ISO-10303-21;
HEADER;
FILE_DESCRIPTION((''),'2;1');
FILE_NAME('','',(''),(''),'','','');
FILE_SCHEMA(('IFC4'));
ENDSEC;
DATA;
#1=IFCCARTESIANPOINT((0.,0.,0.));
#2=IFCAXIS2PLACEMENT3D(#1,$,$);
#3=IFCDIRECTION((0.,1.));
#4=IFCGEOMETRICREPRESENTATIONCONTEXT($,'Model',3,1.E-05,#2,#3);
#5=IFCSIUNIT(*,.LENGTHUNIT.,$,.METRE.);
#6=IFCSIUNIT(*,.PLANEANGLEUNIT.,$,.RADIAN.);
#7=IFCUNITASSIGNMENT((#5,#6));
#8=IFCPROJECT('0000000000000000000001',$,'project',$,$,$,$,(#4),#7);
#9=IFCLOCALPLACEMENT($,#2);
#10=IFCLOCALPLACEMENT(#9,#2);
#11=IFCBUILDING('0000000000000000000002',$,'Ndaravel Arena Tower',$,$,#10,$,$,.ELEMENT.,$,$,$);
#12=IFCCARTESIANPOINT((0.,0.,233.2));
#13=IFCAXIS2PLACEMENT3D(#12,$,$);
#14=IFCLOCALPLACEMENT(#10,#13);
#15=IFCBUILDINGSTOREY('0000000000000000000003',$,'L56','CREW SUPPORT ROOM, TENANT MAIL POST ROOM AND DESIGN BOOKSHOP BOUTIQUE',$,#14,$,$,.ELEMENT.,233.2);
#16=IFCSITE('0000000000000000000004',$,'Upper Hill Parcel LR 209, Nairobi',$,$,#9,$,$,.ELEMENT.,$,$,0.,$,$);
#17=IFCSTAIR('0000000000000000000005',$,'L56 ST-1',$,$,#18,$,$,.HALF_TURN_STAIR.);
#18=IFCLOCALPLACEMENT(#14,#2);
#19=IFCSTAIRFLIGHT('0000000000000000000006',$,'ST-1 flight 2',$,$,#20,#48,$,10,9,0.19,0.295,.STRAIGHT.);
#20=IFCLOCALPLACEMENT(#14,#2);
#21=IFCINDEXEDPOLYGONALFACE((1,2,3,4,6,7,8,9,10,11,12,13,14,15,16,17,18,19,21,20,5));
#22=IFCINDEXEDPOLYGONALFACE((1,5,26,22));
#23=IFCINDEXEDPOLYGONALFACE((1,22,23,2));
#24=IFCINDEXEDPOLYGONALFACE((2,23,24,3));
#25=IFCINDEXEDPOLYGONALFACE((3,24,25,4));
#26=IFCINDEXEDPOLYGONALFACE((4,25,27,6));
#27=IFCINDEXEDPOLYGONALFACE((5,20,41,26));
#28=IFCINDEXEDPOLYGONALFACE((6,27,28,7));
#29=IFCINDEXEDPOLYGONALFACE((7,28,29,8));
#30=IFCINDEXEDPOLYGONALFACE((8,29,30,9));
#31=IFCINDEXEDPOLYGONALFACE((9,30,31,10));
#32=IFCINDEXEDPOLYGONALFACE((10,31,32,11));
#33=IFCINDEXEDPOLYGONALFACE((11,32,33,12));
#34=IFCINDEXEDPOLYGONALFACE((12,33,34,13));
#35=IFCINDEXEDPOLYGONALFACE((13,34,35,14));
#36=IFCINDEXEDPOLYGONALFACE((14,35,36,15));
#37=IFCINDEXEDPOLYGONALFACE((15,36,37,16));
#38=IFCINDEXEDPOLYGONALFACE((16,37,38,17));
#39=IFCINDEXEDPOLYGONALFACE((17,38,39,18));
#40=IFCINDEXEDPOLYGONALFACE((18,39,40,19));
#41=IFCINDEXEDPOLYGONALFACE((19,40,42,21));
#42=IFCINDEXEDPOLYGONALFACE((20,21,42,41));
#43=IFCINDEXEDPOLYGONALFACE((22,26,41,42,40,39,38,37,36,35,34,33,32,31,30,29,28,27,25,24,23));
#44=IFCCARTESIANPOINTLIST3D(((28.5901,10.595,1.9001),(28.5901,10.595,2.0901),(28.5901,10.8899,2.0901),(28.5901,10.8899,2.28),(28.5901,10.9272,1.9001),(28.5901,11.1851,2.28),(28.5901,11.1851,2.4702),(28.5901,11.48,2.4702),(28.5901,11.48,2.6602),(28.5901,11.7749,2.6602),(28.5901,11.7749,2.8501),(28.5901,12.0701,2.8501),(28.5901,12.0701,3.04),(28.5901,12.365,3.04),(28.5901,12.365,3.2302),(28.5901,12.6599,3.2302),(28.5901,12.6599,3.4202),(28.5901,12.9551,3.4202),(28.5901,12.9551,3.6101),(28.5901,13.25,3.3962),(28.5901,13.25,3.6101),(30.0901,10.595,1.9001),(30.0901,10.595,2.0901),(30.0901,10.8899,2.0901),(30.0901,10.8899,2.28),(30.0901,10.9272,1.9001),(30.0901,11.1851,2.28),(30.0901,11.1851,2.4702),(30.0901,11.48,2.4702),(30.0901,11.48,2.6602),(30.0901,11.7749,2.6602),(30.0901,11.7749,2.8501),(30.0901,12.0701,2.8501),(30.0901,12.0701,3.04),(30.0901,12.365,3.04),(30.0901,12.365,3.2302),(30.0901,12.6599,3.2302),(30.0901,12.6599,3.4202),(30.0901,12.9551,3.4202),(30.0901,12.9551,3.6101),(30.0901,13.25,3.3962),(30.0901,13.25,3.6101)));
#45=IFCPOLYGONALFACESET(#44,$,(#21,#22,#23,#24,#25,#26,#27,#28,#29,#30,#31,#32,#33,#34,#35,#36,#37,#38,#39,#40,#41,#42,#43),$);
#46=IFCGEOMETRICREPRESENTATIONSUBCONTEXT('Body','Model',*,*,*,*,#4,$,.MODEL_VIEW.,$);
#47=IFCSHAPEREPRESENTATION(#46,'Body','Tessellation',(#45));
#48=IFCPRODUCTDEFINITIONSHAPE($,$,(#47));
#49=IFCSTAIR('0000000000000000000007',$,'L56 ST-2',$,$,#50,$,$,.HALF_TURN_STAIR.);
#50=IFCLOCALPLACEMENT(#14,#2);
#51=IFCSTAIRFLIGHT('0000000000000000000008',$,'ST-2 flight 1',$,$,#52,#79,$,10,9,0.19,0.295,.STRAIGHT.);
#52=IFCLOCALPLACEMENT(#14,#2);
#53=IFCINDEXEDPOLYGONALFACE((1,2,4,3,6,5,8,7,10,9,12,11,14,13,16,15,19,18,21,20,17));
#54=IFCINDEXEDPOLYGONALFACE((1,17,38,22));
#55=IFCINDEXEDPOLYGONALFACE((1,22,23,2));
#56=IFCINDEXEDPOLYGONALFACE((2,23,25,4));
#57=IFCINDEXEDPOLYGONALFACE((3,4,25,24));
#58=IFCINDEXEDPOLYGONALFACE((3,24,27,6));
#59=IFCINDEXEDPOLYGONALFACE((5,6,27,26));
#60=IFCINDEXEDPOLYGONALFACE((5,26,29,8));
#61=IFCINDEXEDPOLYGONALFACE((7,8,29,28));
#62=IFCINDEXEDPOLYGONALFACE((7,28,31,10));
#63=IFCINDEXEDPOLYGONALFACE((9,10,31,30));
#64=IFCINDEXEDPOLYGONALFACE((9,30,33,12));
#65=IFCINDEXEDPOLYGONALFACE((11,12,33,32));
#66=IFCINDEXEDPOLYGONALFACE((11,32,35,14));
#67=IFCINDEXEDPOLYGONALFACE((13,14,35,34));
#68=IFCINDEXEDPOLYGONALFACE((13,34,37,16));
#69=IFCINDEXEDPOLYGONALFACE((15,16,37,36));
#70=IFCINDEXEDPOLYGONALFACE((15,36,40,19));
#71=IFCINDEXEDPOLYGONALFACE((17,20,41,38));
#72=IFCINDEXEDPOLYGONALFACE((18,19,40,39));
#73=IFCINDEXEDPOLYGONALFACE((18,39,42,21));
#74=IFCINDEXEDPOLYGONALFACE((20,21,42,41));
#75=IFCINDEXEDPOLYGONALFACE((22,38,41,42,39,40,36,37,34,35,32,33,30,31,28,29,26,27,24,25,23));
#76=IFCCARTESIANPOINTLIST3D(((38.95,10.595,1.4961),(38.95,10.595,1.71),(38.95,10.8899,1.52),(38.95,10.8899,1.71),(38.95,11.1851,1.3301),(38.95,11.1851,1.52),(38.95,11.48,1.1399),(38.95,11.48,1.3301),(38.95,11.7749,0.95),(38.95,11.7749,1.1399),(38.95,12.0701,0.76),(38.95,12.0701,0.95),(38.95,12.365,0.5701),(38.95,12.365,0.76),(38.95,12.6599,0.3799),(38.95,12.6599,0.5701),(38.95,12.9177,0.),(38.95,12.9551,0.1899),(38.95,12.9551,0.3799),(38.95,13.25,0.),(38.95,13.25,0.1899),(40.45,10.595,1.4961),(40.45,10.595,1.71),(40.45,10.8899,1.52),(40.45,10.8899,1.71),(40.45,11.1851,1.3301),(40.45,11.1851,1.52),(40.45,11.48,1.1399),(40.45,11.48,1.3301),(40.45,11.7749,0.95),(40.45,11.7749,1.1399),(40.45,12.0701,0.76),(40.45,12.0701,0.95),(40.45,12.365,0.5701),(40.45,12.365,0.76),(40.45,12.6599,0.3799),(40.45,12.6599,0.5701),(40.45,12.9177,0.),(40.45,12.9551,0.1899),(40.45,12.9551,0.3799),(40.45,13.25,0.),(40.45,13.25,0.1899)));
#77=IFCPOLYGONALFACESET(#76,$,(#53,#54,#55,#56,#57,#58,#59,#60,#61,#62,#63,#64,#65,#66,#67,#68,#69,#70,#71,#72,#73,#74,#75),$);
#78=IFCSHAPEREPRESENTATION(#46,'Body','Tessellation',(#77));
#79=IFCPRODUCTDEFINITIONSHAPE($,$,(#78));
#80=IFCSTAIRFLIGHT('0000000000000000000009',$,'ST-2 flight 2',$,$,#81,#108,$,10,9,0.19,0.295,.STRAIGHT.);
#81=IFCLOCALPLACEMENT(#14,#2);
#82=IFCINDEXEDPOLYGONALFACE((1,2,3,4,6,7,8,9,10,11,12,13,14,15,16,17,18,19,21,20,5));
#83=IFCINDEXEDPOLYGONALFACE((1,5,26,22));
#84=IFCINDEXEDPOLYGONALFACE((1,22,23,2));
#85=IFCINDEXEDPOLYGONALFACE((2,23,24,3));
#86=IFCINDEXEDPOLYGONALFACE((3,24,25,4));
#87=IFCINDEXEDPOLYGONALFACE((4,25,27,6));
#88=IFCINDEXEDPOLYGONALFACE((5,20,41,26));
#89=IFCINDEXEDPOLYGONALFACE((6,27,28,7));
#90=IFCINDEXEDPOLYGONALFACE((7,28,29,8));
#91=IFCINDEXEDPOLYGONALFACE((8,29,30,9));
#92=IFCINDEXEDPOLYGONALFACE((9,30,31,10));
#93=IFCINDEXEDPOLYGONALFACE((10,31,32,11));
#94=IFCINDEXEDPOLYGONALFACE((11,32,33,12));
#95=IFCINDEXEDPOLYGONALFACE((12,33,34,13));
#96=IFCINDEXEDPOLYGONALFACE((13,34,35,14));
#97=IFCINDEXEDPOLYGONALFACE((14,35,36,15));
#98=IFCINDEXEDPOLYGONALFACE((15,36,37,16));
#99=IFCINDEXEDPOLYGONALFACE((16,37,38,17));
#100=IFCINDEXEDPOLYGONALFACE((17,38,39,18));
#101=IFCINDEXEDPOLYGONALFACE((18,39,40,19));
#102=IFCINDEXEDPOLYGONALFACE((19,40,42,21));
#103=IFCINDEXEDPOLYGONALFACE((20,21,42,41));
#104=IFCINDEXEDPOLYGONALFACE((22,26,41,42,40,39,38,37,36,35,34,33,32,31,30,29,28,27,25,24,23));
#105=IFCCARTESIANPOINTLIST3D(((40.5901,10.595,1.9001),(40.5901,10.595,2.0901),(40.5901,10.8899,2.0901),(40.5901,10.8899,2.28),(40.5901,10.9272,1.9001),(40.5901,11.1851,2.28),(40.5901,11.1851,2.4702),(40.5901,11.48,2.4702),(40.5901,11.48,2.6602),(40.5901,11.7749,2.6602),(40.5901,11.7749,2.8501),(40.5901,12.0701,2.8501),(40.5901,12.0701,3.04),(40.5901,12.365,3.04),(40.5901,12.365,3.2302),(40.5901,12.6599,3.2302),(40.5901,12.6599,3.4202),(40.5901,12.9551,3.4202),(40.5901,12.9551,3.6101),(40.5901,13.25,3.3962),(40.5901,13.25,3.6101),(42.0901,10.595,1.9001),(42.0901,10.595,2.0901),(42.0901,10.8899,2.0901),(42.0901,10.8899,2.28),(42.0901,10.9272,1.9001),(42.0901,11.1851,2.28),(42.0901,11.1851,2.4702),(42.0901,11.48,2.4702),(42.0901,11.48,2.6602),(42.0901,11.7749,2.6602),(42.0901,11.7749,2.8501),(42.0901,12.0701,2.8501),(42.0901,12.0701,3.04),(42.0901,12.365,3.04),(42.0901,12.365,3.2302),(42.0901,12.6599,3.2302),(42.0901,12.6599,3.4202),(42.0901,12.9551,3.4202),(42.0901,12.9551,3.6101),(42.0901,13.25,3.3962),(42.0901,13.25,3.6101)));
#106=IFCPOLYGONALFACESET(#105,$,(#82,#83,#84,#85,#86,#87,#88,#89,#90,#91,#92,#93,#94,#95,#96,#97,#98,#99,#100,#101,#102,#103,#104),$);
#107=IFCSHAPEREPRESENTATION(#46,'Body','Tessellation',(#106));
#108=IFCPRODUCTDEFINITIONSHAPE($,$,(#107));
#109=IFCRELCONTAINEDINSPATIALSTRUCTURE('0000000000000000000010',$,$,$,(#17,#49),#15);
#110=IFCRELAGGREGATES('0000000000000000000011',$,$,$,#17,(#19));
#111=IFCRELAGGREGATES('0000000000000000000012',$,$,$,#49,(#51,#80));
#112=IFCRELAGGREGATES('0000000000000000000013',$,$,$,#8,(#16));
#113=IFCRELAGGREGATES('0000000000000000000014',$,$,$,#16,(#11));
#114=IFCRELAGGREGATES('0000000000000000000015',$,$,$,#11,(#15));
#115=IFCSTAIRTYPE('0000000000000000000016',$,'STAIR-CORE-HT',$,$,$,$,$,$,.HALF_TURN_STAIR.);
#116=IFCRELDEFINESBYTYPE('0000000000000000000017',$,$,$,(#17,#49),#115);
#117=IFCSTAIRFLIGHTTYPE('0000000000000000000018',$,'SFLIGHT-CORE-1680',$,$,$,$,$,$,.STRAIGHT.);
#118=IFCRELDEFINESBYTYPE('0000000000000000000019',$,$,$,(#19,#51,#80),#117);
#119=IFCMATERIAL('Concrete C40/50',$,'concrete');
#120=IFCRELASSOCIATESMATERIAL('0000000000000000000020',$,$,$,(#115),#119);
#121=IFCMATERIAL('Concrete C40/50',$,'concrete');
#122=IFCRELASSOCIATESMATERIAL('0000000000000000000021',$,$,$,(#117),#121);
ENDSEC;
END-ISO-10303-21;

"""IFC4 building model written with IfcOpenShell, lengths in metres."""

from ifc_helpers import new_model, si_unit, direction, frame, origin, place, context, subcontext, project, spatial, polyline, outline, extrude, material, type_object, element, aggregate, save


model = new_model("IFC4")

# Units and contexts
model_context = context("Model", 3, precision=1e-05, world=origin(), true_north=direction((0.0, 1.0)))
body_context = subcontext(model_context, "Body", "Model", "MODEL_VIEW")
ifc_project = project(units=[si_unit("LENGTHUNIT", "METRE"), si_unit("PLANEANGLEUNIT", "RADIAN")], contexts=[model_context])

# Site, building, storey
site_placement = place(None, origin())
site = spatial("IfcSite", under=ifc_project, at=site_placement, Name="Upper Hill Parcel LR 209, Nairobi", CompositionType="ELEMENT", RefElevation=0.0)
building_placement = place(site_placement, origin())
building = spatial("IfcBuilding", under=site, at=building_placement, Name="Ndaravel Arena Tower", CompositionType="ELEMENT")
storey_placement = place(building_placement, frame((0.0, 0.0, 233.2)))
storey = spatial("IfcBuildingStorey", under=building, at=storey_placement, Name="L56", Description="CREW SUPPORT ROOM, TENANT MAIL POST ROOM AND DESIGN BOOKSHOP BOUTIQUE", CompositionType="ELEMENT", Elevation=233.2)

# Stairs, stair flights
ifc_material_1 = material(Name="Concrete C40/50", Category="concrete")
stair_type = type_object("IfcStairType", Name="STAIR-CORE-HT", PredefinedType="HALF_TURN_STAIR", material=ifc_material_1)
stair_1_placement = place(storey_placement, origin())
stair_1 = element("IfcStair", 1, at=stair_1_placement, inside=storey, type_object=stair_type, Name="L56 ST-1", PredefinedType="HALF_TURN_STAIR")
ifc_material_2 = material(Name="Concrete C40/50", Category="concrete")
stair_flight_type = type_object("IfcStairFlightType", Name="SFLIGHT-CORE-1680", PredefinedType="STRAIGHT", material=ifc_material_2)
stair_flight_1_placement = place(storey_placement, frame((29.3401, 10.595, 1.9001), z_axis=(0.0, 0.0, 1.0), x_axis=(0.0, 1.0, 0.0)))
stair_flight_1 = element("IfcStairFlight", 2, at=stair_flight_1_placement, type_object=stair_flight_type, Name="ST-1 flight 2", NumberOfRisers=10, NumberOfTreads=9, PredefinedType="STRAIGHT", RiserHeight=0.19, TreadLength=0.295, context=body_context, shape_type="SweptSolid", body=[
    extrude(outline(polyline([(0.0, 0.0), (0.0, 0.1899), (0.2949, 0.1899), (0.2949, 0.3799), (0.5901, 0.3799), (0.5901, 0.5701), (0.885, 0.5701), (0.885, 0.76), (1.1799, 0.76), (1.1799, 0.95), (1.4751, 0.95), (1.4751, 1.1399), (1.77, 1.1399), (1.77, 1.3301), (2.0649, 1.3301), (2.0649, 1.52), (2.3601, 1.52), (2.3601, 1.71), (2.655, 1.71), (2.655, 1.8999), (2.655, 1.4961), (0.3323, 0.0), (0.0, 0.0)])), frame((0.0, 0.75, 0.0), z_axis=(0.0, -1.0, 0.0), x_axis=(1.0, 0.0, 0.0)), (0.0, 0.0, 1.0), 1.5),
])
aggregate(stair_1, [stair_flight_1])
stair_2_placement = place(storey_placement, origin())
stair_2 = element("IfcStair", 3, at=stair_2_placement, inside=storey, type_object=stair_type, Name="L56 ST-2", PredefinedType="HALF_TURN_STAIR")
stair_flight_2_placement = place(storey_placement, frame((39.7, 13.25, 0.0), z_axis=(0.0, 0.0, 1.0), x_axis=(0.0, -1.0, 0.0)))
stair_flight_2 = element("IfcStairFlight", 4, at=stair_flight_2_placement, type_object=stair_flight_type, Name="ST-2 flight 1", NumberOfRisers=10, NumberOfTreads=9, PredefinedType="STRAIGHT", RiserHeight=0.19, TreadLength=0.295, context=body_context, shape_type="SweptSolid", body=[
    extrude(outline(polyline([(0.0, 0.0), (0.0, 0.1899), (0.2949, 0.1899), (0.2949, 0.3799), (0.5901, 0.3799), (0.5901, 0.5701), (0.885, 0.5701), (0.885, 0.76), (1.1799, 0.76), (1.1799, 0.95), (1.4751, 0.95), (1.4751, 1.1399), (1.77, 1.1399), (1.77, 1.3301), (2.0649, 1.3301), (2.0649, 1.52), (2.3601, 1.52), (2.3601, 1.71), (2.655, 1.71), (2.655, 1.8999), (2.655, 1.4961), (0.3323, 0.0), (0.0, 0.0)])), frame((0.0, 0.75, 0.0), z_axis=(0.0, -1.0, 0.0), x_axis=(1.0, 0.0, 0.0)), (0.0, 0.0, 1.0), 1.5),
])
stair_flight_3_placement = place(storey_placement, frame((41.3401, 10.595, 1.9001), z_axis=(0.0, 0.0, 1.0), x_axis=(0.0, 1.0, 0.0)))
stair_flight_3 = element("IfcStairFlight", 5, at=stair_flight_3_placement, type_object=stair_flight_type, Name="ST-2 flight 2", NumberOfRisers=10, NumberOfTreads=9, PredefinedType="STRAIGHT", RiserHeight=0.19, TreadLength=0.295, context=body_context, shape_type="SweptSolid", body=[
    extrude(outline(polyline([(0.0, 0.0), (0.0, 0.1899), (0.2949, 0.1899), (0.2949, 0.3799), (0.5901, 0.3799), (0.5901, 0.5701), (0.885, 0.5701), (0.885, 0.76), (1.1799, 0.76), (1.1799, 0.95), (1.4751, 0.95), (1.4751, 1.1399), (1.77, 1.1399), (1.77, 1.3301), (2.0649, 1.3301), (2.0649, 1.52), (2.3601, 1.52), (2.3601, 1.71), (2.655, 1.71), (2.655, 1.8999), (2.655, 1.4961), (0.3323, 0.0), (0.0, 0.0)])), frame((0.0, 0.75, 0.0), z_axis=(0.0, -1.0, 0.0), x_axis=(1.0, 0.0, 0.0)), (0.0, 0.0, 1.0), 1.5),
])
aggregate(stair_2, [stair_flight_2, stair_flight_3])

save(model, "model.ifc")
